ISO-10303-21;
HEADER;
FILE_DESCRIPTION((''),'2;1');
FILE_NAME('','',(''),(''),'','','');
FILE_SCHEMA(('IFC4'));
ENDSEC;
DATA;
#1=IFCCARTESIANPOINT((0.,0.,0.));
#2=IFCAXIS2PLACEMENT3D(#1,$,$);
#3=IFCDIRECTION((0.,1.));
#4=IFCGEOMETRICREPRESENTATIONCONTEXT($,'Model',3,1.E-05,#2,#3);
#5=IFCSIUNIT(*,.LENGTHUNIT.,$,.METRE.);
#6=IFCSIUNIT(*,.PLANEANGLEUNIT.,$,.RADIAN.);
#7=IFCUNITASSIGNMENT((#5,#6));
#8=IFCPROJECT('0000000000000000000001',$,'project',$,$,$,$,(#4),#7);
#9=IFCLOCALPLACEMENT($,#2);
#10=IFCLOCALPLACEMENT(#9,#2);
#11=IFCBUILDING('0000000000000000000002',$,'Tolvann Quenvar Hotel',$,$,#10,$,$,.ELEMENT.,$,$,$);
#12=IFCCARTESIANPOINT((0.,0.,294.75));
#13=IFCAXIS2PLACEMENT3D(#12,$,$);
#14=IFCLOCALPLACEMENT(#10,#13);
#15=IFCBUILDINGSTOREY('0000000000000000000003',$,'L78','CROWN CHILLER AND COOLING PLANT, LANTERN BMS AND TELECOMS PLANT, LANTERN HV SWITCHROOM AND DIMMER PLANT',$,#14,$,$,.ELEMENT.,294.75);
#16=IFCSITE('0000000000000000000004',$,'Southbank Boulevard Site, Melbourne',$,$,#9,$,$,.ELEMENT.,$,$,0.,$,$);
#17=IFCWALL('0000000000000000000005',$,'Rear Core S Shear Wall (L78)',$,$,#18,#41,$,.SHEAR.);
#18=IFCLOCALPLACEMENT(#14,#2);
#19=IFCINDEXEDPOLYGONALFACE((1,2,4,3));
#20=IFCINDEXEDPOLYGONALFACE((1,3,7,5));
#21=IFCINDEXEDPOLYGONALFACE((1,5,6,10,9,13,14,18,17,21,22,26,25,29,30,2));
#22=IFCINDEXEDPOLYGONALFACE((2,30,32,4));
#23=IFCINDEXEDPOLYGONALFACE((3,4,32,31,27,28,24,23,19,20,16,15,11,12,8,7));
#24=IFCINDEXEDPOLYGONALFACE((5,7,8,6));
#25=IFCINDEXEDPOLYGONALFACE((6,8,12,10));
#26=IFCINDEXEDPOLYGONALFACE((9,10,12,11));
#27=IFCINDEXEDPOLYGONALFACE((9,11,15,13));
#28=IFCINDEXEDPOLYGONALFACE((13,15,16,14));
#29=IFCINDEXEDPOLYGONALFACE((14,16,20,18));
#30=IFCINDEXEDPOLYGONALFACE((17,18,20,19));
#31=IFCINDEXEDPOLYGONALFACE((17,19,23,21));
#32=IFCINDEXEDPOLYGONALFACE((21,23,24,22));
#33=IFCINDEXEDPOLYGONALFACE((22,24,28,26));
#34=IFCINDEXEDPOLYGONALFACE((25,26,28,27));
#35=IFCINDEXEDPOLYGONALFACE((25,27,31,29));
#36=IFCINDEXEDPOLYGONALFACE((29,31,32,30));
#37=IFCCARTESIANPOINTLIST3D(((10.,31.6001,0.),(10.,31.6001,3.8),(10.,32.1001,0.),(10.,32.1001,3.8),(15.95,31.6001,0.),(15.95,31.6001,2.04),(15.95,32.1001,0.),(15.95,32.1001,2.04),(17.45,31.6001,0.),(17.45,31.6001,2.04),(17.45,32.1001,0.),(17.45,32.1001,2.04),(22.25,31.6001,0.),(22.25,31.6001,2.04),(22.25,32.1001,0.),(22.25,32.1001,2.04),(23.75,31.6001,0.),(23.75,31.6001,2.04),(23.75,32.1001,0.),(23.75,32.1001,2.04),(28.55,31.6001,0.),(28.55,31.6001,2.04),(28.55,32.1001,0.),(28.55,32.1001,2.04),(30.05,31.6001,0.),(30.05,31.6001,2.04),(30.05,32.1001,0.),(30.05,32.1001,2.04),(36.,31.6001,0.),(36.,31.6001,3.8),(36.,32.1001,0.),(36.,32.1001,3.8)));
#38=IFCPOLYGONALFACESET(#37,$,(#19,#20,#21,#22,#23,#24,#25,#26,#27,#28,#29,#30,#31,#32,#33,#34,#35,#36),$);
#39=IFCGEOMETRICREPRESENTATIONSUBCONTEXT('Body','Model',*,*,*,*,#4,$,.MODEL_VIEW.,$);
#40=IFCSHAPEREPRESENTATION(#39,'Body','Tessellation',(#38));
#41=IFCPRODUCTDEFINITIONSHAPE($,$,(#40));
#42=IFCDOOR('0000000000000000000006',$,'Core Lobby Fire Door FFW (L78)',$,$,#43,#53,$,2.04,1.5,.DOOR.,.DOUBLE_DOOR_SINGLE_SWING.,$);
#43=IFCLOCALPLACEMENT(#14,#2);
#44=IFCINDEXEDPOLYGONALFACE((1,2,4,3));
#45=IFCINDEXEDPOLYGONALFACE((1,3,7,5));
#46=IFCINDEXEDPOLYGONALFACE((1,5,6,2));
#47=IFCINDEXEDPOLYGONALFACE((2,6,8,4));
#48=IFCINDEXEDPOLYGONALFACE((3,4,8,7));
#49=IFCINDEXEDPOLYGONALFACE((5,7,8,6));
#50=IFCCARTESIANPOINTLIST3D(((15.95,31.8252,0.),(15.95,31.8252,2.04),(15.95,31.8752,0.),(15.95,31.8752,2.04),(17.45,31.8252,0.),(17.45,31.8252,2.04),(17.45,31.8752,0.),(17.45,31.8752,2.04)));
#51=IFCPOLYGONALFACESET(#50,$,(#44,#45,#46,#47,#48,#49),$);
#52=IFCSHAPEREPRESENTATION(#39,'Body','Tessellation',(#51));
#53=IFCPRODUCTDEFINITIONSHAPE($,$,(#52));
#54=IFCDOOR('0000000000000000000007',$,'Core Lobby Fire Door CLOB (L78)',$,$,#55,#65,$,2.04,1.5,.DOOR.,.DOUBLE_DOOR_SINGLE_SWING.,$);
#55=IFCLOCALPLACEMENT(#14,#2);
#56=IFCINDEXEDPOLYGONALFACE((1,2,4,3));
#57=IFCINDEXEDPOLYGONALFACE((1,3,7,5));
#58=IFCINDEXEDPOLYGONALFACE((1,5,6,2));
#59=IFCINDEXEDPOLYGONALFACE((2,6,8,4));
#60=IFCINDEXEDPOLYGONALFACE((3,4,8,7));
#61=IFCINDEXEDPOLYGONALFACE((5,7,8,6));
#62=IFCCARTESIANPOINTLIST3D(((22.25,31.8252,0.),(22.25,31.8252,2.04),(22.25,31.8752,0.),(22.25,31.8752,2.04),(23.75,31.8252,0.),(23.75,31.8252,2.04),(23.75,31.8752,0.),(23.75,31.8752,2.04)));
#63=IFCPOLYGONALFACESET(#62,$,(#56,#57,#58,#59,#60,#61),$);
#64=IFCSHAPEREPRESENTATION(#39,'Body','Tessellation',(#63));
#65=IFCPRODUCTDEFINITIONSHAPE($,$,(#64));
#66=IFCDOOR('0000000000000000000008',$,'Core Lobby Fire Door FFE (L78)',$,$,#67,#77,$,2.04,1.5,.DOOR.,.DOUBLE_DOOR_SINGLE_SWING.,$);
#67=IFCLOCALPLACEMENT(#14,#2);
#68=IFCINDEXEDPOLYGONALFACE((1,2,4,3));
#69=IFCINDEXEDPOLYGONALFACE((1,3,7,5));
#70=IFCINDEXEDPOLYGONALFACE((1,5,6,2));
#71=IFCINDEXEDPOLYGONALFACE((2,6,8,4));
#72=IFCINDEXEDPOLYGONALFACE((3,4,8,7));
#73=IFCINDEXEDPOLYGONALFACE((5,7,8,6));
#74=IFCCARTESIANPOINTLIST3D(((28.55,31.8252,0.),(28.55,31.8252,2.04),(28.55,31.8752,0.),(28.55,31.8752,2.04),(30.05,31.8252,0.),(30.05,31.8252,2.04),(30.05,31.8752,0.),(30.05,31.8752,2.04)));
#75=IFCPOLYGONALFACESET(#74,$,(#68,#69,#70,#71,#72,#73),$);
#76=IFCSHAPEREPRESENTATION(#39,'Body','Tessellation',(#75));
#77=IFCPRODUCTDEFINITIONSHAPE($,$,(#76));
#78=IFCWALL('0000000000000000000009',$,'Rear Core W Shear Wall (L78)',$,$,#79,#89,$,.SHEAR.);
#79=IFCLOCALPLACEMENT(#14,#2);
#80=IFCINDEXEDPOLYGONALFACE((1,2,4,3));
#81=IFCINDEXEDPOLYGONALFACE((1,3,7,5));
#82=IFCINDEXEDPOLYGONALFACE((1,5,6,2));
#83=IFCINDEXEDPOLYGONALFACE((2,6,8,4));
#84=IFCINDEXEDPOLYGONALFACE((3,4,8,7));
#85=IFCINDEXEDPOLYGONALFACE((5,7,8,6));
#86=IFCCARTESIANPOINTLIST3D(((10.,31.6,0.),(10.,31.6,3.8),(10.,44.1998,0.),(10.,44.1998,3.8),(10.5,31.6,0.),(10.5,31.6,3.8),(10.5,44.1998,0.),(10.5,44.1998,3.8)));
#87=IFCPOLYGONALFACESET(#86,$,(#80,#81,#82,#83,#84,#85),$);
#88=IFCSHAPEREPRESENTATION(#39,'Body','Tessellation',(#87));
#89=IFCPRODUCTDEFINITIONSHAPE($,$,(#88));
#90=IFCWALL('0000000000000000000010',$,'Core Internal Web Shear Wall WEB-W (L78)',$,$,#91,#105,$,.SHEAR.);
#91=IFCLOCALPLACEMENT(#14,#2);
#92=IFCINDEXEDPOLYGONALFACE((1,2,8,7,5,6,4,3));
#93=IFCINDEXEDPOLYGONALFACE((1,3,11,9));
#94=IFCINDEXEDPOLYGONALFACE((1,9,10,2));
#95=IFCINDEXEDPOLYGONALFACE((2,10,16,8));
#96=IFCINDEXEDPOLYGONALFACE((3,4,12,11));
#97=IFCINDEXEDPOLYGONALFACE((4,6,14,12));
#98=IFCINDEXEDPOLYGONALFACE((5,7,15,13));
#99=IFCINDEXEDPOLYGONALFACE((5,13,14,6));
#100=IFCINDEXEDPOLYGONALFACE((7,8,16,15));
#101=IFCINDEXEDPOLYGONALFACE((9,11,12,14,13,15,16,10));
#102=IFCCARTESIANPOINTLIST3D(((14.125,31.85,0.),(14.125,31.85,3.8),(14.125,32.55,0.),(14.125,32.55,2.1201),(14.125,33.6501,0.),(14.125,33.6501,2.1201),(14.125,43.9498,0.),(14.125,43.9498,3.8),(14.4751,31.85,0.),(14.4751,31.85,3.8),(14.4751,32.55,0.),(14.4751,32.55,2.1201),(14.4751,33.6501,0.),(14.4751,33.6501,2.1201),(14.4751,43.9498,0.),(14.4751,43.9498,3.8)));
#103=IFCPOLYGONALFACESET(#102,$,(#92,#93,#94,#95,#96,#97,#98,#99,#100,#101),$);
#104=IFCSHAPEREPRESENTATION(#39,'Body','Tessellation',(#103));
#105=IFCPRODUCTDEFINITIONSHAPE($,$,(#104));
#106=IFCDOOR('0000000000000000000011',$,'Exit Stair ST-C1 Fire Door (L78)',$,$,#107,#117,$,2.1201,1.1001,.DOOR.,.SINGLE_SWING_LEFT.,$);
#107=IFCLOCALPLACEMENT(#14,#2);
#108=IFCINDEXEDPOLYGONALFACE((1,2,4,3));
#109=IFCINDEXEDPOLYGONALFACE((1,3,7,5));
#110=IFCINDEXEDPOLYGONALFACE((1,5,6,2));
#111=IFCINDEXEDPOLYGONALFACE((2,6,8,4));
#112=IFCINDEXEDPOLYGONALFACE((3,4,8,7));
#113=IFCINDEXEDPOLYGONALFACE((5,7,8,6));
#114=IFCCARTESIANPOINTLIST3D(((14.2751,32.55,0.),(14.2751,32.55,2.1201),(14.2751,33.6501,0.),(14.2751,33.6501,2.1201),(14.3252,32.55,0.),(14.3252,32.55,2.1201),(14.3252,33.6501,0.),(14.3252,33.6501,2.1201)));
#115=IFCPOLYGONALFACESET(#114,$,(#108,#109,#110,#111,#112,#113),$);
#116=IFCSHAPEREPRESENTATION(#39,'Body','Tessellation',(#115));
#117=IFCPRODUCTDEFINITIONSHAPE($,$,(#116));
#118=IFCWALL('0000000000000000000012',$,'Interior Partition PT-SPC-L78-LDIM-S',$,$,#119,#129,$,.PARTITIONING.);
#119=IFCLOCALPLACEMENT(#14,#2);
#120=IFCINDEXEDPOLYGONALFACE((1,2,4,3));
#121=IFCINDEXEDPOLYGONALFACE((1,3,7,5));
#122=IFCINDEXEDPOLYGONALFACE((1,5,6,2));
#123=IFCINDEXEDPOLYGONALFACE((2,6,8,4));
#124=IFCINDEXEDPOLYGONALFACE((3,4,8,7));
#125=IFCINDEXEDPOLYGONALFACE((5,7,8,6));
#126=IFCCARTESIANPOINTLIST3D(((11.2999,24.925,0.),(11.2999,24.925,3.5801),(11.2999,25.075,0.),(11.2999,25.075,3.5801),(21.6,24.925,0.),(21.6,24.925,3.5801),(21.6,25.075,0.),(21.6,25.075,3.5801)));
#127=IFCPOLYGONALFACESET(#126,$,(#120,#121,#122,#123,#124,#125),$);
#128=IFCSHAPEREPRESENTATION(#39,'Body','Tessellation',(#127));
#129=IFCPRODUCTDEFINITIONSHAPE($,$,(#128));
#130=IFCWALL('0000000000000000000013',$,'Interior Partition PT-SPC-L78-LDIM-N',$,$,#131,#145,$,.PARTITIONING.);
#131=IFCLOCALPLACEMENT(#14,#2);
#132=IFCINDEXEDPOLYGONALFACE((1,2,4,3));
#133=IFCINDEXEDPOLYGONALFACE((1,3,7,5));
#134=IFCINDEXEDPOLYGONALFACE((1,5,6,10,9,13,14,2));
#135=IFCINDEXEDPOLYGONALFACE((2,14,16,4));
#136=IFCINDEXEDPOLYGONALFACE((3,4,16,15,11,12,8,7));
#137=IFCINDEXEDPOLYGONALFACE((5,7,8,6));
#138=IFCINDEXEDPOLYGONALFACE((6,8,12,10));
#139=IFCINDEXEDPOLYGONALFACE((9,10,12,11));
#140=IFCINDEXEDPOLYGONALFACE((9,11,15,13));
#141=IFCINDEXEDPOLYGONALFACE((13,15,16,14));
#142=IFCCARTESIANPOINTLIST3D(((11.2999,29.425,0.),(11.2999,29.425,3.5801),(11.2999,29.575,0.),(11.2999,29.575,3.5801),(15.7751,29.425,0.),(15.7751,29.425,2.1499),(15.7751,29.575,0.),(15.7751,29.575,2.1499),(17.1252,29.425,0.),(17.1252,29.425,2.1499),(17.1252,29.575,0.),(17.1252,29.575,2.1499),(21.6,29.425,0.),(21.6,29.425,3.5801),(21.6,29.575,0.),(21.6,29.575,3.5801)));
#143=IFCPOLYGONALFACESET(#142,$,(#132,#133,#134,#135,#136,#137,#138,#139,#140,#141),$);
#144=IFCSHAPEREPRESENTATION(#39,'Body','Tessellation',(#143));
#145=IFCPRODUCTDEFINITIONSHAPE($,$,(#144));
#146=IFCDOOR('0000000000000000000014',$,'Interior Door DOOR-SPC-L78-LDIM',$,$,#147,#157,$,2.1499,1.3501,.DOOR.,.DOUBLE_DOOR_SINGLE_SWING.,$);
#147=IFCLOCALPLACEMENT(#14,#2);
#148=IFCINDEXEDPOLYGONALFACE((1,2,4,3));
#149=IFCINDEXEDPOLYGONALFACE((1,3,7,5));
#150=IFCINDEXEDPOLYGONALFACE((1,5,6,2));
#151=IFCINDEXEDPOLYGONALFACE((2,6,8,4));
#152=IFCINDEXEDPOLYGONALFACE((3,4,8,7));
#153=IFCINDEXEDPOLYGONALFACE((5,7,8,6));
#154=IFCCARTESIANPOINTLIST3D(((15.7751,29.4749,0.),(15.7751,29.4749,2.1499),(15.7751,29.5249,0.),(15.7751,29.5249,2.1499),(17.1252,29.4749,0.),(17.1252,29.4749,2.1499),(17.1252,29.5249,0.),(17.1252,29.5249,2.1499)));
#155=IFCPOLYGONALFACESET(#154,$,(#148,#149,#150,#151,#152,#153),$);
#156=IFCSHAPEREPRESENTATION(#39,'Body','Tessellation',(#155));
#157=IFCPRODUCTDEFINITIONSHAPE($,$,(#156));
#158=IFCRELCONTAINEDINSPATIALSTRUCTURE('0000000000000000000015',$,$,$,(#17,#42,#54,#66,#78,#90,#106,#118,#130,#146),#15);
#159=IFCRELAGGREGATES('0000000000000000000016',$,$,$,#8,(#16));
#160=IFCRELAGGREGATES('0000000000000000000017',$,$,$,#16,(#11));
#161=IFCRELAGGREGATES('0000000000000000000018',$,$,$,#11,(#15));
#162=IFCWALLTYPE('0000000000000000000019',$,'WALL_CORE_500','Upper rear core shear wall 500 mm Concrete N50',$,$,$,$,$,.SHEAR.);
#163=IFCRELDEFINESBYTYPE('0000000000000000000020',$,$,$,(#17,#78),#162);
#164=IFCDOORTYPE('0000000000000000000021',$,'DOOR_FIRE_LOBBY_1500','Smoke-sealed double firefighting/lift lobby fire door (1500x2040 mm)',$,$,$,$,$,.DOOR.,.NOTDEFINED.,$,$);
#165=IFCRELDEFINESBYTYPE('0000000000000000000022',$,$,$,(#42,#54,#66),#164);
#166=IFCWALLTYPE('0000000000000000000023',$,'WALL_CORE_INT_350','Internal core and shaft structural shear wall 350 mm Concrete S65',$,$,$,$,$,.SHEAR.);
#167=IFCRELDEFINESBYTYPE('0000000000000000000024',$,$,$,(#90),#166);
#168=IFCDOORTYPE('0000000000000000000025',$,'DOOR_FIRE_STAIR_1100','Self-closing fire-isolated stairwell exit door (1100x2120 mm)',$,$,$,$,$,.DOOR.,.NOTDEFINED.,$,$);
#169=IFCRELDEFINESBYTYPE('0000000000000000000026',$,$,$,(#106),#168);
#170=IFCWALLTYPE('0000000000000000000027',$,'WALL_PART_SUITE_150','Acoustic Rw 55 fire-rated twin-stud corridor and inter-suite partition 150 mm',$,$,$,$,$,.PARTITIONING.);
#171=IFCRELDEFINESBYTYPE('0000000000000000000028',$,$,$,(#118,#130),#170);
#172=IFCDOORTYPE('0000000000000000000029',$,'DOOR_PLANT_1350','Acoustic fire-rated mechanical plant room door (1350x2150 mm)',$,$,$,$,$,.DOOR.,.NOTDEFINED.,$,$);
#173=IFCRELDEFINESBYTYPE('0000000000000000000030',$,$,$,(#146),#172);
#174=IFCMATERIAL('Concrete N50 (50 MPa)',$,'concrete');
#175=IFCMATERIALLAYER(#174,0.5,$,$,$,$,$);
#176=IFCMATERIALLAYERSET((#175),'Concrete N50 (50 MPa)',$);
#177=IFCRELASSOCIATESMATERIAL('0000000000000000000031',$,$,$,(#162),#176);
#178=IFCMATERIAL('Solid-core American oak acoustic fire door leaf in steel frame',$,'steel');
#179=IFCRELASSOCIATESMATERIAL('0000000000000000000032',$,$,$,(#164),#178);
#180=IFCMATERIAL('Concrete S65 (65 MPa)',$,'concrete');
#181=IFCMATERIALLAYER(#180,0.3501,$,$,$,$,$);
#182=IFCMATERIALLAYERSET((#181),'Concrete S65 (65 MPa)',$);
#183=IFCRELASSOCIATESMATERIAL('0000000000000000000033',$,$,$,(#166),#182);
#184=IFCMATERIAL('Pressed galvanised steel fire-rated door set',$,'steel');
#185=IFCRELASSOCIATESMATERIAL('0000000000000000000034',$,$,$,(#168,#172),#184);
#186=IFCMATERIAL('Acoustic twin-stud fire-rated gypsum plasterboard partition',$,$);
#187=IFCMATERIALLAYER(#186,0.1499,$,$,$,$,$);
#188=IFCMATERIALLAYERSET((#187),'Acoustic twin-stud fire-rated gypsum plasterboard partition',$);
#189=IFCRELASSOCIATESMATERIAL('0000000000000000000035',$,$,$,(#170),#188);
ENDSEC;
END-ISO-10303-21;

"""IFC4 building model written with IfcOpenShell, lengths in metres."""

from ifc_helpers import new_model, si_unit, direction, frame, frame_2d, origin, place, context, subcontext, project, spatial, rectangle, extrude, source, transform, mapped, material, layer, layer_set, type_object, type_shapes, element, fill, save


model = new_model("IFC4")

# Units and contexts
model_context = context("Model", 3, precision=1e-05, world=origin(), true_north=direction((0.0, 1.0)))
body_context = subcontext(model_context, "Body", "Model", "MODEL_VIEW")
ifc_project = project(units=[si_unit("LENGTHUNIT", "METRE"), si_unit("PLANEANGLEUNIT", "RADIAN")], contexts=[model_context])

# Site, building, storey
site_placement = place(None, origin())
site = spatial("IfcSite", under=ifc_project, at=site_placement, Name="Southbank Boulevard Site, Melbourne", CompositionType="ELEMENT", RefElevation=0.0)
building_placement = place(site_placement, origin())
building = spatial("IfcBuilding", under=site, at=building_placement, Name="Tolvann Quenvar Hotel", CompositionType="ELEMENT")
storey_placement = place(building_placement, frame((0.0, 0.0, 294.75)))
storey = spatial("IfcBuildingStorey", under=building, at=storey_placement, Name="L78", Description="CROWN CHILLER AND COOLING PLANT, LANTERN BMS AND TELECOMS PLANT, LANTERN HV SWITCHROOM AND DIMMER PLANT", CompositionType="ELEMENT", Elevation=294.75)

# Shared definitions
ifc_material_1 = material(Name="Concrete N50 (50 MPa)", Category="concrete")

# Wall, openings, doors
ifc_layer_1 = layer(ifc_material_1, 0.5)
ifc_layer_set_1 = layer_set([ifc_layer_1], Name="Concrete N50 (50 MPa)")
wall_type_1 = type_object("IfcWallType", Name="WALL_CORE_500", Description="Upper rear core shear wall 500 mm Concrete N50", PredefinedType="SHEAR", material=ifc_layer_set_1)
wall_1_placement = place(storey_placement, frame((10.0, 31.8501, 0.0), z_axis=(0.0, 0.0, 1.0), x_axis=(1.0, 0.0, 0.0)))
wall_1 = element("IfcWall", 1, at=wall_1_placement, inside=storey, type_object=wall_type_1, Name="Rear Core S Shear Wall (L78)", PredefinedType="SHEAR", context=body_context, shape_type="SweptSolid", body=[
    extrude(rectangle(XDim=26.0, YDim=0.5, at=frame_2d((13.0, 0.0))), origin(), (0.0, 0.0, 1.0), 3.8),
])
opening_1_placement = place(wall_1_placement, frame((7.45, 0.0, 0.0), z_axis=(0.0, 0.0, 1.0), x_axis=(-1.0, 0.0, 0.0)))
opening_1 = element("IfcOpeningElement", 2, at=opening_1_placement, cuts=wall_1, PredefinedType="OPENING", context=body_context, shape_type="SweptSolid", body=[
    extrude(rectangle(XDim=1.5, YDim=2.04, at=frame_2d((0.75, 1.02))), frame((0.0, 0.26, 0.0), z_axis=(0.0, -1.0, 0.0), x_axis=(1.0, 0.0, 0.0)), (0.0, 0.0, 1.0), 0.52),
])
opening_2_placement = place(wall_1_placement, frame((13.75, 0.0, 0.0), z_axis=(0.0, 0.0, 1.0), x_axis=(-1.0, 0.0, 0.0)))
opening_2 = element("IfcOpeningElement", 3, at=opening_2_placement, cuts=wall_1, PredefinedType="OPENING", context=body_context, shape_type="SweptSolid", body=[
    extrude(rectangle(XDim=1.5, YDim=2.04, at=frame_2d((0.75, 1.02))), frame((0.0, 0.26, 0.0), z_axis=(0.0, -1.0, 0.0), x_axis=(1.0, 0.0, 0.0)), (0.0, 0.0, 1.0), 0.52),
])
opening_3_placement = place(wall_1_placement, frame((20.05, 0.0, 0.0), z_axis=(0.0, 0.0, 1.0), x_axis=(-1.0, 0.0, 0.0)))
opening_3 = element("IfcOpeningElement", 4, at=opening_3_placement, cuts=wall_1, PredefinedType="OPENING", context=body_context, shape_type="SweptSolid", body=[
    extrude(rectangle(XDim=1.5, YDim=2.04, at=frame_2d((0.75, 1.02))), frame((0.0, 0.26, 0.0), z_axis=(0.0, -1.0, 0.0), x_axis=(1.0, 0.0, 0.0)), (0.0, 0.0, 1.0), 0.52),
])
ifc_material_2 = material(Name="Solid-core American oak acoustic fire door leaf in steel frame", Category="steel")
door_type_1 = type_object("IfcDoorType", Name="DOOR_FIRE_LOBBY_1500", Description="Smoke-sealed double firefighting/lift lobby fire door (1500x2040 mm)", OperationType="NOTDEFINED", PredefinedType="DOOR", material=ifc_material_2)
shared_shape_1 = source(origin(), body_context, "Body", "SweptSolid", [
    extrude(rectangle(XDim=1.5, YDim=2.04, at=frame_2d((0.75, 1.02))), frame((0.0, 0.0249, 0.0), z_axis=(0.0, -1.0, 0.0), x_axis=(1.0, 0.0, 0.0)), (0.0, 0.0, 1.0), 0.05),
])
type_shapes(door_type_1, [shared_shape_1])
door_1_placement = place(opening_1_placement, origin())
door_1 = element("IfcDoor", 5, at=door_1_placement, inside=storey, type_object=door_type_1, Name="Core Lobby Fire Door FFW (L78)", OperationType="DOUBLE_DOOR_SINGLE_SWING", OverallHeight=2.04, OverallWidth=1.5, PredefinedType="DOOR", context=body_context, shape_type="MappedRepresentation", body=[
    mapped(shared_shape_1, transform((0.0, 0.0, 0.0), x_axis=(1.0, 0.0, 0.0), y_axis=(0.0, 1.0, 0.0), z_axis=(0.0, 0.0, 1.0), scale=1.0)),
])
fill(opening_1, door_1)
door_2_placement = place(opening_2_placement, origin())
door_2 = element("IfcDoor", 6, at=door_2_placement, inside=storey, type_object=door_type_1, Name="Core Lobby Fire Door CLOB (L78)", OperationType="DOUBLE_DOOR_SINGLE_SWING", OverallHeight=2.04, OverallWidth=1.5, PredefinedType="DOOR", context=body_context, shape_type="MappedRepresentation", body=[
    mapped(shared_shape_1, transform((0.0, 0.0, 0.0), x_axis=(1.0, 0.0, 0.0), y_axis=(0.0, 1.0, 0.0), z_axis=(0.0, 0.0, 1.0), scale=1.0)),
])
fill(opening_2, door_2)
door_3_placement = place(opening_3_placement, origin())
door_3 = element("IfcDoor", 7, at=door_3_placement, inside=storey, type_object=door_type_1, Name="Core Lobby Fire Door FFE (L78)", OperationType="DOUBLE_DOOR_SINGLE_SWING", OverallHeight=2.04, OverallWidth=1.5, PredefinedType="DOOR", context=body_context, shape_type="MappedRepresentation", body=[
    mapped(shared_shape_1, transform((0.0, 0.0, 0.0), x_axis=(1.0, 0.0, 0.0), y_axis=(0.0, 1.0, 0.0), z_axis=(0.0, 0.0, 1.0), scale=1.0)),
])
fill(opening_3, door_3)

# Wall
wall_2_placement = place(storey_placement, frame((10.25, 31.6001, 0.0), z_axis=(0.0, 0.0, 1.0), x_axis=(0.0, 1.0, 0.0)))
element("IfcWall", 8, at=wall_2_placement, inside=storey, type_object=wall_type_1, Name="Rear Core W Shear Wall (L78)", PredefinedType="SHEAR", context=body_context, shape_type="SweptSolid", body=[
    extrude(rectangle(XDim=12.5999, YDim=0.5, at=frame_2d((6.2998, 0.0))), origin(), (0.0, 0.0, 1.0), 3.8),
])

# Wall, opening, door
ifc_material_3 = material(Name="Concrete S65 (65 MPa)", Category="concrete")
ifc_layer_2 = layer(ifc_material_3, 0.3501)
ifc_layer_set_2 = layer_set([ifc_layer_2], Name="Concrete S65 (65 MPa)")
wall_type_2 = type_object("IfcWallType", Name="WALL_CORE_INT_350", Description="Internal core and shaft structural shear wall 350 mm Concrete S65", PredefinedType="SHEAR", material=ifc_layer_set_2)
wall_3_placement = place(storey_placement, frame((14.3, 31.8501, 0.0), z_axis=(0.0, 0.0, 1.0), x_axis=(0.0, 1.0, 0.0)))
wall_3 = element("IfcWall", 9, at=wall_3_placement, inside=storey, type_object=wall_type_2, Name="Core Internal Web Shear Wall WEB-W (L78)", PredefinedType="SHEAR", context=body_context, shape_type="SweptSolid", body=[
    extrude(rectangle(XDim=12.0999, YDim=0.3501, at=frame_2d((6.0498, 0.0))), origin(), (0.0, 0.0, 1.0), 3.8),
])
opening_4_placement = place(wall_3_placement, frame((0.7, 0.0, 0.0)))
opening_4 = element("IfcOpeningElement", 10, at=opening_4_placement, cuts=wall_3, PredefinedType="OPENING", context=body_context, shape_type="SweptSolid", body=[
    extrude(rectangle(XDim=1.1001, YDim=2.1201, at=frame_2d((0.55, 1.0601))), frame((0.0, 0.1851, 0.0), z_axis=(0.0, -1.0, 0.0), x_axis=(1.0, 0.0, 0.0)), (0.0, 0.0, 1.0), 0.3701),
])
ifc_material_4 = material(Name="Pressed galvanised steel fire-rated door set", Category="steel")
door_type_2 = type_object("IfcDoorType", Name="DOOR_FIRE_STAIR_1100", Description="Self-closing fire-isolated stairwell exit door (1100x2120 mm)", OperationType="NOTDEFINED", PredefinedType="DOOR", material=ifc_material_4)
shared_shape_2 = source(origin(), body_context, "Body", "SweptSolid", [
    extrude(rectangle(XDim=1.1001, YDim=2.1201, at=frame_2d((0.55, 1.0601))), frame((0.0, 0.0249, 0.0), z_axis=(0.0, -1.0, 0.0), x_axis=(1.0, 0.0, 0.0)), (0.0, 0.0, 1.0), 0.05),
])
type_shapes(door_type_2, [shared_shape_2])
door_4_placement = place(opening_4_placement, origin())
door_4 = element("IfcDoor", 11, at=door_4_placement, inside=storey, type_object=door_type_2, Name="Exit Stair ST-C1 Fire Door (L78)", OperationType="SINGLE_SWING_LEFT", OverallHeight=2.1201, OverallWidth=1.1001, PredefinedType="DOOR", context=body_context, shape_type="MappedRepresentation", body=[
    mapped(shared_shape_2, transform((0.0, 0.0, 0.0), x_axis=(1.0, 0.0, 0.0), y_axis=(0.0, 1.0, 0.0), z_axis=(0.0, 0.0, 1.0), scale=1.0)),
])
fill(opening_4, door_4)
ifc_material_5 = material(Name="Acoustic twin-stud fire-rated gypsum plasterboard partition")
ifc_layer_3 = layer(ifc_material_5, 0.1499)
ifc_layer_set_3 = layer_set([ifc_layer_3], Name="Acoustic twin-stud fire-rated gypsum plasterboard partition")
wall_type_3 = type_object("IfcWallType", Name="WALL_PART_SUITE_150", Description="Acoustic Rw 55 fire-rated twin-stud corridor and inter-suite partition 150 mm", PredefinedType="PARTITIONING", material=ifc_layer_set_3)
door_type_3 = type_object("IfcDoorType", Name="DOOR_PLANT_1350", Description="Acoustic fire-rated mechanical plant room door (1350x2150 mm)", OperationType="NOTDEFINED", PredefinedType="DOOR", material=ifc_material_4)
shared_shape_3 = source(origin(), body_context, "Body", "SweptSolid", [
    extrude(rectangle(XDim=1.3501, YDim=2.1499, at=frame_2d((0.675, 1.075))), frame((0.0, 0.0249, 0.0), z_axis=(0.0, -1.0, 0.0), x_axis=(1.0, 0.0, 0.0)), (0.0, 0.0, 1.0), 0.05),
])
type_shapes(door_type_3, [shared_shape_3])

# Wall
wall_4_placement = place(storey_placement, frame((11.3, 25.0, 0.0), z_axis=(0.0, 0.0, 1.0), x_axis=(1.0, 0.0, 0.0)))
element("IfcWall", 12, at=wall_4_placement, inside=storey, type_object=wall_type_3, Name="Interior Partition PT-SPC-L78-LDIM-S", PredefinedType="PARTITIONING", context=body_context, shape_type="SweptSolid", body=[
    extrude(rectangle(XDim=10.3, YDim=0.1499, at=frame_2d((5.1499, 0.0))), origin(), (0.0, 0.0, 1.0), 3.5801),
])

# Wall, opening, door
wall_5_placement = place(storey_placement, frame((11.3, 29.5, 0.0), z_axis=(0.0, 0.0, 1.0), x_axis=(1.0, 0.0, 0.0)))
wall_5 = element("IfcWall", 13, at=wall_5_placement, inside=storey, type_object=wall_type_3, Name="Interior Partition PT-SPC-L78-LDIM-N", PredefinedType="PARTITIONING", context=body_context, shape_type="SweptSolid", body=[
    extrude(rectangle(XDim=10.3, YDim=0.1499, at=frame_2d((5.1499, 0.0))), origin(), (0.0, 0.0, 1.0), 3.5801),
])
opening_5_placement = place(wall_5_placement, frame((4.4751, 0.0, 0.0)))
opening_5 = element("IfcOpeningElement", 14, at=opening_5_placement, cuts=wall_5, PredefinedType="OPENING", context=body_context, shape_type="SweptSolid", body=[
    extrude(rectangle(XDim=1.3501, YDim=2.1499, at=frame_2d((0.675, 1.075))), frame((0.0, 0.085, 0.0), z_axis=(0.0, -1.0, 0.0), x_axis=(1.0, 0.0, 0.0)), (0.0, 0.0, 1.0), 0.1699),
])
door_5_placement = place(opening_5_placement, origin())
door_5 = element("IfcDoor", 15, at=door_5_placement, inside=storey, type_object=door_type_3, Name="Interior Door DOOR-SPC-L78-LDIM", OperationType="DOUBLE_DOOR_SINGLE_SWING", OverallHeight=2.1499, OverallWidth=1.3501, PredefinedType="DOOR", context=body_context, shape_type="MappedRepresentation", body=[
    mapped(shared_shape_3, transform((0.0, 0.0, 0.0), x_axis=(1.0, 0.0, 0.0), y_axis=(0.0, 1.0, 0.0), z_axis=(0.0, 0.0, 1.0), scale=1.0)),
])
fill(opening_5, door_5)

save(model, "model.ifc")
